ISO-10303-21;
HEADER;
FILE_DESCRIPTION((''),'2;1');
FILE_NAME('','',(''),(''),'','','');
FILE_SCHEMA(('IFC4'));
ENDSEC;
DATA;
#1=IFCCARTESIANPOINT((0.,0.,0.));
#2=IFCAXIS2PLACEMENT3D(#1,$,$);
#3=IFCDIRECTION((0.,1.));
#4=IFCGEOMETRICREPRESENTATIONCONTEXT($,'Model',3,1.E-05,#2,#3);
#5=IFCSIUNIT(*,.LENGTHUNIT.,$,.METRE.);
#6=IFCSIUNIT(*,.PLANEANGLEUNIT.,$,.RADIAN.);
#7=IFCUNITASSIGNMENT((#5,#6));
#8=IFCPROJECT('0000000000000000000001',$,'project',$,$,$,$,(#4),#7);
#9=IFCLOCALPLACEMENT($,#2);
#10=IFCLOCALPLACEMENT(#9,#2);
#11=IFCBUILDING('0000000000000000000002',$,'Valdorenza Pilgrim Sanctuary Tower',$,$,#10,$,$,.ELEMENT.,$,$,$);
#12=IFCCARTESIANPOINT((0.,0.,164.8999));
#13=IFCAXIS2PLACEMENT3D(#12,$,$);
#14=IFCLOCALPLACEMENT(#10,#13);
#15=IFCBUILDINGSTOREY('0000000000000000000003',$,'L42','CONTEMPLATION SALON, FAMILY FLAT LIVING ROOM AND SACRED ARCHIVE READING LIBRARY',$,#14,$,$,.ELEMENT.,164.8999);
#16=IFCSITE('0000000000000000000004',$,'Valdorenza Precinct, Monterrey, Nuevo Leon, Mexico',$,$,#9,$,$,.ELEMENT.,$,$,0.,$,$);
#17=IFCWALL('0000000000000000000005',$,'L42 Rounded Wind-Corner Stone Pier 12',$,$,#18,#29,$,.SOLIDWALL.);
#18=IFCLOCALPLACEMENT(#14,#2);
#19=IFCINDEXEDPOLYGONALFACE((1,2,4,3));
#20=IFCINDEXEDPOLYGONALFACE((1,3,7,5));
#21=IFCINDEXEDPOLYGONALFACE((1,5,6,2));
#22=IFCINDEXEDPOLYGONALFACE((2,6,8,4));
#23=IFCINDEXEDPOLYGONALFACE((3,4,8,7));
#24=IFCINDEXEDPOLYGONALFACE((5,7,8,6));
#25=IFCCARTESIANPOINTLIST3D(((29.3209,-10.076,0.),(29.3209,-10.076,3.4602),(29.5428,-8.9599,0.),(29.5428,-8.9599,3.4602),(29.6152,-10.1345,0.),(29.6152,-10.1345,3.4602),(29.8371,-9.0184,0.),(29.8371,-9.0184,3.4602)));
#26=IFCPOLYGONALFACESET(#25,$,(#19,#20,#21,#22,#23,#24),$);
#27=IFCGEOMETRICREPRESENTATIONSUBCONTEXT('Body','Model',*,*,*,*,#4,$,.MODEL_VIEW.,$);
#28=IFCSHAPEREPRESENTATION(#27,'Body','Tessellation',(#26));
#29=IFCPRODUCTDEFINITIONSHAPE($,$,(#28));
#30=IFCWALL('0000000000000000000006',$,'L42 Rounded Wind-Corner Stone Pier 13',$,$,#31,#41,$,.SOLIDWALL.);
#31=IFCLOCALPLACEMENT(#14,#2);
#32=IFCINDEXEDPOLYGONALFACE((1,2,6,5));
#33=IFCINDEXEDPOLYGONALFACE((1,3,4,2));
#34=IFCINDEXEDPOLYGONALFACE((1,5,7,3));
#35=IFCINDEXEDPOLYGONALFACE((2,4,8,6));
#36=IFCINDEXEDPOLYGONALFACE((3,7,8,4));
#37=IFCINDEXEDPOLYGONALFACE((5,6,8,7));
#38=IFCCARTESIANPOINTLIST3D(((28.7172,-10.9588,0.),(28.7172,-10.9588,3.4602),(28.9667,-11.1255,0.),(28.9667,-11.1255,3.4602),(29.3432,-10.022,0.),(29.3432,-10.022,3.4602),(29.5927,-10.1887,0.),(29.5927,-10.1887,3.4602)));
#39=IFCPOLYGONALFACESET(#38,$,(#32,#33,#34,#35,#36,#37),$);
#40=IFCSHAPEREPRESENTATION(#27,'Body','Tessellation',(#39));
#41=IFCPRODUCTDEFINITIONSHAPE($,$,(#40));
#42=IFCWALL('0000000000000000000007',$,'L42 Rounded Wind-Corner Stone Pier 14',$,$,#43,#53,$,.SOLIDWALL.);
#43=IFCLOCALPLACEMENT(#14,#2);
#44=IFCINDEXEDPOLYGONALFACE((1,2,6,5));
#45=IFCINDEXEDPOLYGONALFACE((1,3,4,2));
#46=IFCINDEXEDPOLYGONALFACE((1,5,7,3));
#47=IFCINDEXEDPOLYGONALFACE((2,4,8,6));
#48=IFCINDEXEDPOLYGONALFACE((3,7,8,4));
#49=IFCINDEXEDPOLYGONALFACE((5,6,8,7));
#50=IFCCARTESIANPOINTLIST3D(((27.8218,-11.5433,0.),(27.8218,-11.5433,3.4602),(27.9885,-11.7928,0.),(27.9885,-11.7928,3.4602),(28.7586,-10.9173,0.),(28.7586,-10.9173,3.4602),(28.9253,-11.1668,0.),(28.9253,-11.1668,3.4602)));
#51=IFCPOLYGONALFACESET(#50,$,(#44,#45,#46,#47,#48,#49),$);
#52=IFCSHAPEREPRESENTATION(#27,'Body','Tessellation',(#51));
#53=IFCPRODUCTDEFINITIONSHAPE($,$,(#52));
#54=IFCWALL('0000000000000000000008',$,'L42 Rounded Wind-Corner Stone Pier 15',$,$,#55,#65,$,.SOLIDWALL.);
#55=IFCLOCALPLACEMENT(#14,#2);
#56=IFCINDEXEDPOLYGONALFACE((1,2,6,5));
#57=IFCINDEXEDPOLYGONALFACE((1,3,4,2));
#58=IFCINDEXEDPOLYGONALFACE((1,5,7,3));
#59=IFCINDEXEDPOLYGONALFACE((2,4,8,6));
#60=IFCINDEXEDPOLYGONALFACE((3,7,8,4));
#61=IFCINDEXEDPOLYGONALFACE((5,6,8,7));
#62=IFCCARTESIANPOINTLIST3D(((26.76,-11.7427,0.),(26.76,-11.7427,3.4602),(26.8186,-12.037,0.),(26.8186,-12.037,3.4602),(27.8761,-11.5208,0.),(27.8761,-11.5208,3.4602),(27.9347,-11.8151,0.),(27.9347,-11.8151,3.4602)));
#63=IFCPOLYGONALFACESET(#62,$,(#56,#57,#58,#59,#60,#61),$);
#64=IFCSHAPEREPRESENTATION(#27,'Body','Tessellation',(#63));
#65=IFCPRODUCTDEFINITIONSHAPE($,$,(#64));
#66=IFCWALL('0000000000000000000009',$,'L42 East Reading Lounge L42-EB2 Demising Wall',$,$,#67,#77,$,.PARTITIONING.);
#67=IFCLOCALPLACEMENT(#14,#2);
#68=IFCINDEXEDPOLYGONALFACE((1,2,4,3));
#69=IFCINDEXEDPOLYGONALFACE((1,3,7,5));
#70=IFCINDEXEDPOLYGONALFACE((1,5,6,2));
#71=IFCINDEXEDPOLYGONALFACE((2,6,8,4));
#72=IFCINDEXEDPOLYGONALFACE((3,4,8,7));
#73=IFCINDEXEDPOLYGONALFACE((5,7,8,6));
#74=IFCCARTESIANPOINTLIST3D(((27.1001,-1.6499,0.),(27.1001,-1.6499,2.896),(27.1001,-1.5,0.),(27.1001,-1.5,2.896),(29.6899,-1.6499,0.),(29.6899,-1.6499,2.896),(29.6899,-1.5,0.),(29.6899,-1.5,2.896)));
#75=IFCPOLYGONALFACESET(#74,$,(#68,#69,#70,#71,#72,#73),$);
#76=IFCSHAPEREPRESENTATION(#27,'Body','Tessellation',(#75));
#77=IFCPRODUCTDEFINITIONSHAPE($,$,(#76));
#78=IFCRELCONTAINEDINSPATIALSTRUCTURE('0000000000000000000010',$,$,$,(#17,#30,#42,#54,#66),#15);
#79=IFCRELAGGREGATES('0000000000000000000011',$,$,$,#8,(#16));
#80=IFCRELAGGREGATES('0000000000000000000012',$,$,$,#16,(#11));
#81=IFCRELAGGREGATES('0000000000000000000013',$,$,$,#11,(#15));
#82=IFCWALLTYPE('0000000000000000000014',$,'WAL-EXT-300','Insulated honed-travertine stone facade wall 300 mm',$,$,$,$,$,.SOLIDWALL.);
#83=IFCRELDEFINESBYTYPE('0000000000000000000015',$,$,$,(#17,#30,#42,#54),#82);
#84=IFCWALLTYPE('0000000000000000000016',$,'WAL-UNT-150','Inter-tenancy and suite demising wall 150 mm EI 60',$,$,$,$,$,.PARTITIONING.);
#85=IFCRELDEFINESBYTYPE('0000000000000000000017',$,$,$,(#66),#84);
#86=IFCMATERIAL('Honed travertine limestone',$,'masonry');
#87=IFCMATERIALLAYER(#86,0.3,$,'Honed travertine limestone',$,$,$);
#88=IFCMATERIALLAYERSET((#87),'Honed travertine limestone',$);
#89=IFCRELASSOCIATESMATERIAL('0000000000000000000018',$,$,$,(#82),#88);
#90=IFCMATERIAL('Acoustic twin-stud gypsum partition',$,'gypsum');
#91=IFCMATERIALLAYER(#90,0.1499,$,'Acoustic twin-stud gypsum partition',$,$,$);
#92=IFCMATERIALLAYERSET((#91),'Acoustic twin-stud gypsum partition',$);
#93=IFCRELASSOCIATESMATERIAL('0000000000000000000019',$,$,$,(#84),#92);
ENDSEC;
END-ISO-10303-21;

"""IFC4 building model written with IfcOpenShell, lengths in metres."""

from ifc_helpers import new_model, si_unit, direction, frame, frame_2d, origin, place, context, subcontext, project, spatial, rectangle, extrude, material, layer, layer_set, type_object, element, save


model = new_model("IFC4")

# Units and contexts
model_context = context("Model", 3, precision=1e-05, world=origin(), true_north=direction((0.0, 1.0)))
body_context = subcontext(model_context, "Body", "Model", "MODEL_VIEW")
ifc_project = project(units=[si_unit("LENGTHUNIT", "METRE"), si_unit("PLANEANGLEUNIT", "RADIAN")], contexts=[model_context])

# Site, building, storey
site_placement = place(None, origin())
site = spatial("IfcSite", under=ifc_project, at=site_placement, Name="Valdorenza Precinct, Monterrey, Nuevo Leon, Mexico", CompositionType="ELEMENT", RefElevation=0.0)
building_placement = place(site_placement, origin())
building = spatial("IfcBuilding", under=site, at=building_placement, Name="Valdorenza Pilgrim Sanctuary Tower", CompositionType="ELEMENT")
storey_placement = place(building_placement, frame((0.0, 0.0, 164.8999)))
storey = spatial("IfcBuildingStorey", under=building, at=storey_placement, Name="L42", Description="CONTEMPLATION SALON, FAMILY FLAT LIVING ROOM AND SACRED ARCHIVE READING LIBRARY", CompositionType="ELEMENT", Elevation=164.8999)

# Shared definitions
ifc_material_1 = material(Name="Honed travertine limestone", Category="masonry")

# Shared definitions
ifc_material_2 = material(Name="Acoustic twin-stud gypsum partition", Category="gypsum")

# Walls
ifc_layer_1 = layer(ifc_material_1, 0.3, Name="Honed travertine limestone")
ifc_layer_set_1 = layer_set([ifc_layer_1], Name="Honed travertine limestone")
wall_type_1 = type_object("IfcWallType", Name="WAL-EXT-300", Description="Insulated honed-travertine stone facade wall 300 mm", PredefinedType="SOLIDWALL", material=ifc_layer_set_1)
wall_1_placement = place(storey_placement, frame((29.6899, -8.9893, 0.0), z_axis=(0.0, 0.0, 1.0), x_axis=(-0.195043, -0.980795, 0.0)))
element("IfcWall", 1, at=wall_1_placement, inside=storey, type_object=wall_type_1, Name="L42 Rounded Wind-Corner Stone Pier 12", PredefinedType="SOLIDWALL", context=body_context, shape_type="SweptSolid", body=[
    extrude(rectangle(XDim=1.1379, YDim=0.3, at=frame_2d((0.5688, 0.0))), origin(), (0.0, 0.0, 1.0), 3.4602),
])
for number, where, z_axis, x_axis, name in (
    (2, (29.468, -10.1052, 0.0), (0.0, 0.0, 1.0), (-0.5556, -0.83145, 0.0), "L42 Rounded Wind-Corner Stone Pier 13"),
    (3, (28.842, -11.042, 0.0), (0.0, 0.0, 1.0), (-0.83145, -0.5556, 0.0), "L42 Rounded Wind-Corner Stone Pier 14"),
):
    element("IfcWall", number, at=place(storey_placement, frame(where, z_axis=z_axis, x_axis=x_axis)), inside=storey, type_object=wall_type_1, Name=name, PredefinedType="SOLIDWALL", context=body_context, shape_type="SweptSolid", body=[
        extrude(rectangle(XDim=1.1267, YDim=0.3, at=frame_2d((0.5635, 0.0))), origin(), (0.0, 0.0, 1.0), 3.4602),
    ])
wall_2_placement = place(storey_placement, frame((27.9053, -11.668, 0.0), z_axis=(0.0, 0.0, 1.0), x_axis=(-0.980795, -0.195043, 0.0)))
element("IfcWall", 4, at=wall_2_placement, inside=storey, type_object=wall_type_1, Name="L42 Rounded Wind-Corner Stone Pier 15", PredefinedType="SOLIDWALL", context=body_context, shape_type="SweptSolid", body=[
    extrude(rectangle(XDim=1.1379, YDim=0.3, at=frame_2d((0.5688, 0.0))), origin(), (0.0, 0.0, 1.0), 3.4602),
])
ifc_layer_2 = layer(ifc_material_2, 0.1499, Name="Acoustic twin-stud gypsum partition")
ifc_layer_set_2 = layer_set([ifc_layer_2], Name="Acoustic twin-stud gypsum partition")
wall_type_2 = type_object("IfcWallType", Name="WAL-UNT-150", Description="Inter-tenancy and suite demising wall 150 mm EI 60", PredefinedType="PARTITIONING", material=ifc_layer_set_2)
wall_3_placement = place(storey_placement, frame((27.1001, -1.575, 0.0), z_axis=(0.0, 0.0, 1.0), x_axis=(1.0, 0.0, 0.0)))
element("IfcWall", 5, at=wall_3_placement, inside=storey, type_object=wall_type_2, Name="L42 East Reading Lounge L42-EB2 Demising Wall", PredefinedType="PARTITIONING", context=body_context, shape_type="SweptSolid", body=[
    extrude(rectangle(XDim=2.5898, YDim=0.1499, at=frame_2d((1.2949, 0.0))), origin(), (0.0, 0.0, 1.0), 2.896),
])

save(model, "model.ifc")
